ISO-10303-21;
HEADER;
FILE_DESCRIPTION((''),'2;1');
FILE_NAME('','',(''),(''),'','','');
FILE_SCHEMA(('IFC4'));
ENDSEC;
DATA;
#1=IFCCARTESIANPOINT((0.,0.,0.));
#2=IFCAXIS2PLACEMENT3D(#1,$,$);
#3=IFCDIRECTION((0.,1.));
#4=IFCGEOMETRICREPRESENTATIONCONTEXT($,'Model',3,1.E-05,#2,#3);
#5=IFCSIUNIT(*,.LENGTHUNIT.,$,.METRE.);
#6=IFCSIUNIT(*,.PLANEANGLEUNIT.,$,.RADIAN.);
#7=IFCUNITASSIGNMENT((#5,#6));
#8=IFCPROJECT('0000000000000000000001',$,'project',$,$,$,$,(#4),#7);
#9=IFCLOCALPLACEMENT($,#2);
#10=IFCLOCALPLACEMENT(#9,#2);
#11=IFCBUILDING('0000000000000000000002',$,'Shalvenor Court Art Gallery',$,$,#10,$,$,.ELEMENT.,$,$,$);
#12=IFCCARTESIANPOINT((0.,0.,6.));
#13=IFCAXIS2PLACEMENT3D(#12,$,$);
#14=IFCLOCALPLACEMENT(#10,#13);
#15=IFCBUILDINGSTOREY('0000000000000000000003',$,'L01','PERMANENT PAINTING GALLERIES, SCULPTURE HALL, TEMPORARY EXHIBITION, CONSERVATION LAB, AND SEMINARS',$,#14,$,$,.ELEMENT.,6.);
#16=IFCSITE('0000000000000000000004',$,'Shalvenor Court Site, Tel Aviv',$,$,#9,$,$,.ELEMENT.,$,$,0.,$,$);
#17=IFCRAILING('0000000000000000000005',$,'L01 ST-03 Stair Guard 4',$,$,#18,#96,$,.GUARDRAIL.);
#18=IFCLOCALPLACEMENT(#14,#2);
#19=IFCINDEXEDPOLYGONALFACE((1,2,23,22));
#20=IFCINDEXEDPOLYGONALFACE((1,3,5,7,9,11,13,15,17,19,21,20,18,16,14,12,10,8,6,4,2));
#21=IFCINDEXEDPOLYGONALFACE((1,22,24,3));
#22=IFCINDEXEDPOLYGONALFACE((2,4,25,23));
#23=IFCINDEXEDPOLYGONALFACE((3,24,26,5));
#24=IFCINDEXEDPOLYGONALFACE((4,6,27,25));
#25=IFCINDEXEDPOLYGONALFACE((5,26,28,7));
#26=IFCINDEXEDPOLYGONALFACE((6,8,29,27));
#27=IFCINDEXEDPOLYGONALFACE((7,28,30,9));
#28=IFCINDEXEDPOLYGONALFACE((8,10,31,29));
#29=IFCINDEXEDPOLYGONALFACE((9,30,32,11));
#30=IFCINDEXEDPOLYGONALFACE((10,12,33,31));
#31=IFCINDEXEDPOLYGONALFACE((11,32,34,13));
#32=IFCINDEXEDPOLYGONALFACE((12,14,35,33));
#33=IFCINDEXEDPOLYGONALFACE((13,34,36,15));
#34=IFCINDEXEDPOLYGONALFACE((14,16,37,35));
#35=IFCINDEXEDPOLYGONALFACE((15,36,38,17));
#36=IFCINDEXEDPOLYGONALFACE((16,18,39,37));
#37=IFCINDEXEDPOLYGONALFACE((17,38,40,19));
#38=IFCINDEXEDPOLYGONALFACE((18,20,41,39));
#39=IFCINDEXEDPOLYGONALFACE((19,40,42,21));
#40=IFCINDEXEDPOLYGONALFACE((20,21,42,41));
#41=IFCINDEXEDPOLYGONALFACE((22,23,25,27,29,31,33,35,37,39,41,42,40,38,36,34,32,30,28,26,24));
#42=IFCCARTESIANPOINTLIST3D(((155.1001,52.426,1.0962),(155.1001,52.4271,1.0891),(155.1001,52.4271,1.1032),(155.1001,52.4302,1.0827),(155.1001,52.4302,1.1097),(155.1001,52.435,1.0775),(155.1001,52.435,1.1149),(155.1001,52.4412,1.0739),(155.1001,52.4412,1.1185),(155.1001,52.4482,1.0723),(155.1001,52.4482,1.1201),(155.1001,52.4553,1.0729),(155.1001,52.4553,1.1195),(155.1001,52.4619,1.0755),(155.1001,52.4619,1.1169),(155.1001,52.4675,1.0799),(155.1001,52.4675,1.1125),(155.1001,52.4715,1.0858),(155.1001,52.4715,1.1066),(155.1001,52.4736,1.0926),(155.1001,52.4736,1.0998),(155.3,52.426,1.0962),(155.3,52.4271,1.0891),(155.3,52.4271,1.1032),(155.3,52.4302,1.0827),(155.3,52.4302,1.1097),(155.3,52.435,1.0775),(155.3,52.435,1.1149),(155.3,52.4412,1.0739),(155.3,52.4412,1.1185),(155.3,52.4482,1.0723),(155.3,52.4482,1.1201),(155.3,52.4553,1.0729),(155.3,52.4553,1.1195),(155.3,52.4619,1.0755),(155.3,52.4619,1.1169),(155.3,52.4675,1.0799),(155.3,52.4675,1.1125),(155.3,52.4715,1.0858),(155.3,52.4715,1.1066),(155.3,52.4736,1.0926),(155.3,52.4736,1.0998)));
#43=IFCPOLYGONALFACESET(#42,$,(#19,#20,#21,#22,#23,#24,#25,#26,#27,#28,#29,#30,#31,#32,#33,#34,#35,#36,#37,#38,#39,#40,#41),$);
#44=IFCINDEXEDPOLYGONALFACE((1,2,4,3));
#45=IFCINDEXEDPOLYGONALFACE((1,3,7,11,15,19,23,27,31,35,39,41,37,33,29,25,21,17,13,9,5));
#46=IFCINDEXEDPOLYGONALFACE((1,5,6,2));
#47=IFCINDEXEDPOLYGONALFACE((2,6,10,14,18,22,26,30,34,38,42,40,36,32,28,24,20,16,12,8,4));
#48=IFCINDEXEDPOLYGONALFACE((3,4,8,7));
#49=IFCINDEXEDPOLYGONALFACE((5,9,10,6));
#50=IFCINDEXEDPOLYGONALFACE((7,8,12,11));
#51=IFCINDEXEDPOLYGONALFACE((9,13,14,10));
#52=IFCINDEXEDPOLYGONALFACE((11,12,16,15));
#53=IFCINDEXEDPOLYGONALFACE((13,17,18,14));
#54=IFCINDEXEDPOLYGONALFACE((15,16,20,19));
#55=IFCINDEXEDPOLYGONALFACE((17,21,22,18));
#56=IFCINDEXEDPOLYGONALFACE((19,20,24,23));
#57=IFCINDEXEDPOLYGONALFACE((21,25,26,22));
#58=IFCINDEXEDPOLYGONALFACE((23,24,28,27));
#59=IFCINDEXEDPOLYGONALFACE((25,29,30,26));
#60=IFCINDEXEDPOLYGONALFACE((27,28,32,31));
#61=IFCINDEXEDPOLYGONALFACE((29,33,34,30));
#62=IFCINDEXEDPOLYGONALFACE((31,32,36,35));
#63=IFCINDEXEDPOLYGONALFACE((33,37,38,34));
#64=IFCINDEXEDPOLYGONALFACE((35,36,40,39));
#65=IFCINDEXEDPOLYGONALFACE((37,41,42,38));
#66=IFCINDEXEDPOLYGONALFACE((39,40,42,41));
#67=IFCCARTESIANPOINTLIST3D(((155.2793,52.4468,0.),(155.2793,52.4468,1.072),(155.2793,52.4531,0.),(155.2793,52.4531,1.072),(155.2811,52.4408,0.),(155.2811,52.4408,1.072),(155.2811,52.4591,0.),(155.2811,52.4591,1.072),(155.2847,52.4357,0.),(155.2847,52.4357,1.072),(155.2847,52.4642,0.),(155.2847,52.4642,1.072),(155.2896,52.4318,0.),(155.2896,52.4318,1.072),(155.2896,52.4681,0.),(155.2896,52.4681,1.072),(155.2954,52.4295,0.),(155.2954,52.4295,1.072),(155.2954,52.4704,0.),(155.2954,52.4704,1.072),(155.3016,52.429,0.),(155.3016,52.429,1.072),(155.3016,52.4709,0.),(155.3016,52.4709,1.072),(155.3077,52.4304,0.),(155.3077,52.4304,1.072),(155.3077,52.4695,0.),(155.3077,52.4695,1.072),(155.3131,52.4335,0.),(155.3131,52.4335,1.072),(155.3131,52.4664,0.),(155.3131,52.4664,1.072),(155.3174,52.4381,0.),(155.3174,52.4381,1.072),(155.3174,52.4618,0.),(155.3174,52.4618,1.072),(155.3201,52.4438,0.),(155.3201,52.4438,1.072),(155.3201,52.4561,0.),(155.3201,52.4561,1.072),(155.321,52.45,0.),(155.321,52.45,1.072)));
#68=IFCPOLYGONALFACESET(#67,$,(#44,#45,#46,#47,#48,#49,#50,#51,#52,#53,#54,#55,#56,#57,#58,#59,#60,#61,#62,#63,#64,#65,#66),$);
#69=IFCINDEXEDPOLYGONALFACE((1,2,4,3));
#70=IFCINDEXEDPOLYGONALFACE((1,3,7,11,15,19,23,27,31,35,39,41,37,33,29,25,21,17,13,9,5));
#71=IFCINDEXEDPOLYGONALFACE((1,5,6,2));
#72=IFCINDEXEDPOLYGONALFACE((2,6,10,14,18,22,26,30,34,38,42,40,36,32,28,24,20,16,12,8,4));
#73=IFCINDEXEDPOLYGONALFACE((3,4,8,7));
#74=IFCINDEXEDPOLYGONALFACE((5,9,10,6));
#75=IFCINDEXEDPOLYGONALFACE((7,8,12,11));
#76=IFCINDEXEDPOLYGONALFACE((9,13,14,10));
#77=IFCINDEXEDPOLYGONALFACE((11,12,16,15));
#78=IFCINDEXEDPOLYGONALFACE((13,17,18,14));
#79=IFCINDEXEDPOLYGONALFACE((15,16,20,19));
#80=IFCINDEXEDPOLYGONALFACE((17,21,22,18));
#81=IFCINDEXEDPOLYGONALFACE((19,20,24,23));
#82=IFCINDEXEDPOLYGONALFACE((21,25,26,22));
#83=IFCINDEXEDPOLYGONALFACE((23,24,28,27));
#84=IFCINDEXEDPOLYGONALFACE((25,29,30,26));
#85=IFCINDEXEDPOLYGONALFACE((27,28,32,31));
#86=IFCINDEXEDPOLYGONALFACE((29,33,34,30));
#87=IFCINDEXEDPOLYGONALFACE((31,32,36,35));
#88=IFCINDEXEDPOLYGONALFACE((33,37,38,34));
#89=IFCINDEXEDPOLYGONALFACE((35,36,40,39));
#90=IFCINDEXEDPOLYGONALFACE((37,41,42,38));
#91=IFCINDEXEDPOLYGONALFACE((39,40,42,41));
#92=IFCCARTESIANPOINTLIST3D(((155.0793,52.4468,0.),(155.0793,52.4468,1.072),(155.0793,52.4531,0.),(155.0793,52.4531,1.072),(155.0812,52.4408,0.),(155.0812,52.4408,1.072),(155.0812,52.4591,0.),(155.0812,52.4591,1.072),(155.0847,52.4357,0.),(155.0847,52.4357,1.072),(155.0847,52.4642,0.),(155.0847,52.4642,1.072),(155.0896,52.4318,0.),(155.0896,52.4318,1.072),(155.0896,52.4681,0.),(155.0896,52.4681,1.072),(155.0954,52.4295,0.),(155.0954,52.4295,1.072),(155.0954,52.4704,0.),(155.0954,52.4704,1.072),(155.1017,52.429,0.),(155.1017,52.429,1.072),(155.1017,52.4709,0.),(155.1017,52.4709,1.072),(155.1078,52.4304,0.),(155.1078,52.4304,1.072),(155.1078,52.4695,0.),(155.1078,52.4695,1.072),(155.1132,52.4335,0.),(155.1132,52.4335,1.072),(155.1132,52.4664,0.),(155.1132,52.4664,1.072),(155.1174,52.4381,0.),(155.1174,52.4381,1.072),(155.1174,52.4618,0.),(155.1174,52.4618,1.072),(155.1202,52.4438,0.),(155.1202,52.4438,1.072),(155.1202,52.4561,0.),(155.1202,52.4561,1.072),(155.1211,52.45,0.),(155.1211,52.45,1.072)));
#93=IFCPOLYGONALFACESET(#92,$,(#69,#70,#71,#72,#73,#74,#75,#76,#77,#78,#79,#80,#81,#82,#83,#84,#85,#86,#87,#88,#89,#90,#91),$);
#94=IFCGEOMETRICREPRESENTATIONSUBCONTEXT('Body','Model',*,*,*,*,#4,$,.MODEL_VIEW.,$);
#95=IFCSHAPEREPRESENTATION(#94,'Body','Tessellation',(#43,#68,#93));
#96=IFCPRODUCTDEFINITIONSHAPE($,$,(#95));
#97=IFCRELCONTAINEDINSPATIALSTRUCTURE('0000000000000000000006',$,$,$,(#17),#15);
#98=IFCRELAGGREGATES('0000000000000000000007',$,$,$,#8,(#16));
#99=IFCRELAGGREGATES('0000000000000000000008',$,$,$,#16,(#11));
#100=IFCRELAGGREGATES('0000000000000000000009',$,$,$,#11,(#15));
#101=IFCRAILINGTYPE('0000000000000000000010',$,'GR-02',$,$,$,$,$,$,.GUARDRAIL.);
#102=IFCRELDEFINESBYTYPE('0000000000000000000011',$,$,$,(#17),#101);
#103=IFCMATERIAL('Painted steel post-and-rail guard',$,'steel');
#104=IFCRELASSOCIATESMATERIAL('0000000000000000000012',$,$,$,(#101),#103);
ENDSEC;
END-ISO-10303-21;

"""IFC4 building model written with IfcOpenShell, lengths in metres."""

from ifc_helpers import new_model, si_unit, direction, frame, origin, origin_2d, place, context, subcontext, project, spatial, circle, extrude, material, type_object, element, save


model = new_model("IFC4")

# Units and contexts
model_context = context("Model", 3, precision=1e-05, world=origin(), true_north=direction((0.0, 1.0)))
body_context = subcontext(model_context, "Body", "Model", "MODEL_VIEW")
ifc_project = project(units=[si_unit("LENGTHUNIT", "METRE"), si_unit("PLANEANGLEUNIT", "RADIAN")], contexts=[model_context])

# Site, building, storey
site_placement = place(None, origin())
site = spatial("IfcSite", under=ifc_project, at=site_placement, Name="Shalvenor Court Site, Tel Aviv", CompositionType="ELEMENT", RefElevation=0.0)
building_placement = place(site_placement, origin())
building = spatial("IfcBuilding", under=site, at=building_placement, Name="Shalvenor Court Art Gallery", CompositionType="ELEMENT")
storey_placement = place(building_placement, frame((0.0, 0.0, 6.0)))
storey = spatial("IfcBuildingStorey", under=building, at=storey_placement, Name="L01", Description="PERMANENT PAINTING GALLERIES, SCULPTURE HALL, TEMPORARY EXHIBITION, CONSERVATION LAB, AND SEMINARS", CompositionType="ELEMENT", Elevation=6.0)

# Railing
ifc_material_1 = material(Name="Painted steel post-and-rail guard", Category="steel")
railing_type_1 = type_object("IfcRailingType", Name="GR-02", PredefinedType="GUARDRAIL", material=ifc_material_1)
railing_1_placement = place(storey_placement, frame((155.3, 52.45, 0.0)))
element("IfcRailing", 1, at=railing_1_placement, inside=storey, type_object=railing_type_1, Name="L01 ST-03 Stair Guard 4", PredefinedType="GUARDRAIL", context=body_context, shape_type="SweptSolid", body=[
    extrude(circle(Radius=0.0239, at=origin_2d()), frame((0.0, 0.0, 1.0962), z_axis=(-1.0, 0.0, 0.0), x_axis=(0.0, -1.0, 0.0)), (0.0, 0.0, 1.0), 0.2),
    extrude(circle(Radius=0.021, at=origin_2d()), origin(), (0.0, 0.0, 1.0), 1.072),
    extrude(circle(Radius=0.021, at=origin_2d()), frame((-0.2, 0.0, 0.0)), (0.0, 0.0, 1.0), 1.072),
])

save(model, "model.ifc")
